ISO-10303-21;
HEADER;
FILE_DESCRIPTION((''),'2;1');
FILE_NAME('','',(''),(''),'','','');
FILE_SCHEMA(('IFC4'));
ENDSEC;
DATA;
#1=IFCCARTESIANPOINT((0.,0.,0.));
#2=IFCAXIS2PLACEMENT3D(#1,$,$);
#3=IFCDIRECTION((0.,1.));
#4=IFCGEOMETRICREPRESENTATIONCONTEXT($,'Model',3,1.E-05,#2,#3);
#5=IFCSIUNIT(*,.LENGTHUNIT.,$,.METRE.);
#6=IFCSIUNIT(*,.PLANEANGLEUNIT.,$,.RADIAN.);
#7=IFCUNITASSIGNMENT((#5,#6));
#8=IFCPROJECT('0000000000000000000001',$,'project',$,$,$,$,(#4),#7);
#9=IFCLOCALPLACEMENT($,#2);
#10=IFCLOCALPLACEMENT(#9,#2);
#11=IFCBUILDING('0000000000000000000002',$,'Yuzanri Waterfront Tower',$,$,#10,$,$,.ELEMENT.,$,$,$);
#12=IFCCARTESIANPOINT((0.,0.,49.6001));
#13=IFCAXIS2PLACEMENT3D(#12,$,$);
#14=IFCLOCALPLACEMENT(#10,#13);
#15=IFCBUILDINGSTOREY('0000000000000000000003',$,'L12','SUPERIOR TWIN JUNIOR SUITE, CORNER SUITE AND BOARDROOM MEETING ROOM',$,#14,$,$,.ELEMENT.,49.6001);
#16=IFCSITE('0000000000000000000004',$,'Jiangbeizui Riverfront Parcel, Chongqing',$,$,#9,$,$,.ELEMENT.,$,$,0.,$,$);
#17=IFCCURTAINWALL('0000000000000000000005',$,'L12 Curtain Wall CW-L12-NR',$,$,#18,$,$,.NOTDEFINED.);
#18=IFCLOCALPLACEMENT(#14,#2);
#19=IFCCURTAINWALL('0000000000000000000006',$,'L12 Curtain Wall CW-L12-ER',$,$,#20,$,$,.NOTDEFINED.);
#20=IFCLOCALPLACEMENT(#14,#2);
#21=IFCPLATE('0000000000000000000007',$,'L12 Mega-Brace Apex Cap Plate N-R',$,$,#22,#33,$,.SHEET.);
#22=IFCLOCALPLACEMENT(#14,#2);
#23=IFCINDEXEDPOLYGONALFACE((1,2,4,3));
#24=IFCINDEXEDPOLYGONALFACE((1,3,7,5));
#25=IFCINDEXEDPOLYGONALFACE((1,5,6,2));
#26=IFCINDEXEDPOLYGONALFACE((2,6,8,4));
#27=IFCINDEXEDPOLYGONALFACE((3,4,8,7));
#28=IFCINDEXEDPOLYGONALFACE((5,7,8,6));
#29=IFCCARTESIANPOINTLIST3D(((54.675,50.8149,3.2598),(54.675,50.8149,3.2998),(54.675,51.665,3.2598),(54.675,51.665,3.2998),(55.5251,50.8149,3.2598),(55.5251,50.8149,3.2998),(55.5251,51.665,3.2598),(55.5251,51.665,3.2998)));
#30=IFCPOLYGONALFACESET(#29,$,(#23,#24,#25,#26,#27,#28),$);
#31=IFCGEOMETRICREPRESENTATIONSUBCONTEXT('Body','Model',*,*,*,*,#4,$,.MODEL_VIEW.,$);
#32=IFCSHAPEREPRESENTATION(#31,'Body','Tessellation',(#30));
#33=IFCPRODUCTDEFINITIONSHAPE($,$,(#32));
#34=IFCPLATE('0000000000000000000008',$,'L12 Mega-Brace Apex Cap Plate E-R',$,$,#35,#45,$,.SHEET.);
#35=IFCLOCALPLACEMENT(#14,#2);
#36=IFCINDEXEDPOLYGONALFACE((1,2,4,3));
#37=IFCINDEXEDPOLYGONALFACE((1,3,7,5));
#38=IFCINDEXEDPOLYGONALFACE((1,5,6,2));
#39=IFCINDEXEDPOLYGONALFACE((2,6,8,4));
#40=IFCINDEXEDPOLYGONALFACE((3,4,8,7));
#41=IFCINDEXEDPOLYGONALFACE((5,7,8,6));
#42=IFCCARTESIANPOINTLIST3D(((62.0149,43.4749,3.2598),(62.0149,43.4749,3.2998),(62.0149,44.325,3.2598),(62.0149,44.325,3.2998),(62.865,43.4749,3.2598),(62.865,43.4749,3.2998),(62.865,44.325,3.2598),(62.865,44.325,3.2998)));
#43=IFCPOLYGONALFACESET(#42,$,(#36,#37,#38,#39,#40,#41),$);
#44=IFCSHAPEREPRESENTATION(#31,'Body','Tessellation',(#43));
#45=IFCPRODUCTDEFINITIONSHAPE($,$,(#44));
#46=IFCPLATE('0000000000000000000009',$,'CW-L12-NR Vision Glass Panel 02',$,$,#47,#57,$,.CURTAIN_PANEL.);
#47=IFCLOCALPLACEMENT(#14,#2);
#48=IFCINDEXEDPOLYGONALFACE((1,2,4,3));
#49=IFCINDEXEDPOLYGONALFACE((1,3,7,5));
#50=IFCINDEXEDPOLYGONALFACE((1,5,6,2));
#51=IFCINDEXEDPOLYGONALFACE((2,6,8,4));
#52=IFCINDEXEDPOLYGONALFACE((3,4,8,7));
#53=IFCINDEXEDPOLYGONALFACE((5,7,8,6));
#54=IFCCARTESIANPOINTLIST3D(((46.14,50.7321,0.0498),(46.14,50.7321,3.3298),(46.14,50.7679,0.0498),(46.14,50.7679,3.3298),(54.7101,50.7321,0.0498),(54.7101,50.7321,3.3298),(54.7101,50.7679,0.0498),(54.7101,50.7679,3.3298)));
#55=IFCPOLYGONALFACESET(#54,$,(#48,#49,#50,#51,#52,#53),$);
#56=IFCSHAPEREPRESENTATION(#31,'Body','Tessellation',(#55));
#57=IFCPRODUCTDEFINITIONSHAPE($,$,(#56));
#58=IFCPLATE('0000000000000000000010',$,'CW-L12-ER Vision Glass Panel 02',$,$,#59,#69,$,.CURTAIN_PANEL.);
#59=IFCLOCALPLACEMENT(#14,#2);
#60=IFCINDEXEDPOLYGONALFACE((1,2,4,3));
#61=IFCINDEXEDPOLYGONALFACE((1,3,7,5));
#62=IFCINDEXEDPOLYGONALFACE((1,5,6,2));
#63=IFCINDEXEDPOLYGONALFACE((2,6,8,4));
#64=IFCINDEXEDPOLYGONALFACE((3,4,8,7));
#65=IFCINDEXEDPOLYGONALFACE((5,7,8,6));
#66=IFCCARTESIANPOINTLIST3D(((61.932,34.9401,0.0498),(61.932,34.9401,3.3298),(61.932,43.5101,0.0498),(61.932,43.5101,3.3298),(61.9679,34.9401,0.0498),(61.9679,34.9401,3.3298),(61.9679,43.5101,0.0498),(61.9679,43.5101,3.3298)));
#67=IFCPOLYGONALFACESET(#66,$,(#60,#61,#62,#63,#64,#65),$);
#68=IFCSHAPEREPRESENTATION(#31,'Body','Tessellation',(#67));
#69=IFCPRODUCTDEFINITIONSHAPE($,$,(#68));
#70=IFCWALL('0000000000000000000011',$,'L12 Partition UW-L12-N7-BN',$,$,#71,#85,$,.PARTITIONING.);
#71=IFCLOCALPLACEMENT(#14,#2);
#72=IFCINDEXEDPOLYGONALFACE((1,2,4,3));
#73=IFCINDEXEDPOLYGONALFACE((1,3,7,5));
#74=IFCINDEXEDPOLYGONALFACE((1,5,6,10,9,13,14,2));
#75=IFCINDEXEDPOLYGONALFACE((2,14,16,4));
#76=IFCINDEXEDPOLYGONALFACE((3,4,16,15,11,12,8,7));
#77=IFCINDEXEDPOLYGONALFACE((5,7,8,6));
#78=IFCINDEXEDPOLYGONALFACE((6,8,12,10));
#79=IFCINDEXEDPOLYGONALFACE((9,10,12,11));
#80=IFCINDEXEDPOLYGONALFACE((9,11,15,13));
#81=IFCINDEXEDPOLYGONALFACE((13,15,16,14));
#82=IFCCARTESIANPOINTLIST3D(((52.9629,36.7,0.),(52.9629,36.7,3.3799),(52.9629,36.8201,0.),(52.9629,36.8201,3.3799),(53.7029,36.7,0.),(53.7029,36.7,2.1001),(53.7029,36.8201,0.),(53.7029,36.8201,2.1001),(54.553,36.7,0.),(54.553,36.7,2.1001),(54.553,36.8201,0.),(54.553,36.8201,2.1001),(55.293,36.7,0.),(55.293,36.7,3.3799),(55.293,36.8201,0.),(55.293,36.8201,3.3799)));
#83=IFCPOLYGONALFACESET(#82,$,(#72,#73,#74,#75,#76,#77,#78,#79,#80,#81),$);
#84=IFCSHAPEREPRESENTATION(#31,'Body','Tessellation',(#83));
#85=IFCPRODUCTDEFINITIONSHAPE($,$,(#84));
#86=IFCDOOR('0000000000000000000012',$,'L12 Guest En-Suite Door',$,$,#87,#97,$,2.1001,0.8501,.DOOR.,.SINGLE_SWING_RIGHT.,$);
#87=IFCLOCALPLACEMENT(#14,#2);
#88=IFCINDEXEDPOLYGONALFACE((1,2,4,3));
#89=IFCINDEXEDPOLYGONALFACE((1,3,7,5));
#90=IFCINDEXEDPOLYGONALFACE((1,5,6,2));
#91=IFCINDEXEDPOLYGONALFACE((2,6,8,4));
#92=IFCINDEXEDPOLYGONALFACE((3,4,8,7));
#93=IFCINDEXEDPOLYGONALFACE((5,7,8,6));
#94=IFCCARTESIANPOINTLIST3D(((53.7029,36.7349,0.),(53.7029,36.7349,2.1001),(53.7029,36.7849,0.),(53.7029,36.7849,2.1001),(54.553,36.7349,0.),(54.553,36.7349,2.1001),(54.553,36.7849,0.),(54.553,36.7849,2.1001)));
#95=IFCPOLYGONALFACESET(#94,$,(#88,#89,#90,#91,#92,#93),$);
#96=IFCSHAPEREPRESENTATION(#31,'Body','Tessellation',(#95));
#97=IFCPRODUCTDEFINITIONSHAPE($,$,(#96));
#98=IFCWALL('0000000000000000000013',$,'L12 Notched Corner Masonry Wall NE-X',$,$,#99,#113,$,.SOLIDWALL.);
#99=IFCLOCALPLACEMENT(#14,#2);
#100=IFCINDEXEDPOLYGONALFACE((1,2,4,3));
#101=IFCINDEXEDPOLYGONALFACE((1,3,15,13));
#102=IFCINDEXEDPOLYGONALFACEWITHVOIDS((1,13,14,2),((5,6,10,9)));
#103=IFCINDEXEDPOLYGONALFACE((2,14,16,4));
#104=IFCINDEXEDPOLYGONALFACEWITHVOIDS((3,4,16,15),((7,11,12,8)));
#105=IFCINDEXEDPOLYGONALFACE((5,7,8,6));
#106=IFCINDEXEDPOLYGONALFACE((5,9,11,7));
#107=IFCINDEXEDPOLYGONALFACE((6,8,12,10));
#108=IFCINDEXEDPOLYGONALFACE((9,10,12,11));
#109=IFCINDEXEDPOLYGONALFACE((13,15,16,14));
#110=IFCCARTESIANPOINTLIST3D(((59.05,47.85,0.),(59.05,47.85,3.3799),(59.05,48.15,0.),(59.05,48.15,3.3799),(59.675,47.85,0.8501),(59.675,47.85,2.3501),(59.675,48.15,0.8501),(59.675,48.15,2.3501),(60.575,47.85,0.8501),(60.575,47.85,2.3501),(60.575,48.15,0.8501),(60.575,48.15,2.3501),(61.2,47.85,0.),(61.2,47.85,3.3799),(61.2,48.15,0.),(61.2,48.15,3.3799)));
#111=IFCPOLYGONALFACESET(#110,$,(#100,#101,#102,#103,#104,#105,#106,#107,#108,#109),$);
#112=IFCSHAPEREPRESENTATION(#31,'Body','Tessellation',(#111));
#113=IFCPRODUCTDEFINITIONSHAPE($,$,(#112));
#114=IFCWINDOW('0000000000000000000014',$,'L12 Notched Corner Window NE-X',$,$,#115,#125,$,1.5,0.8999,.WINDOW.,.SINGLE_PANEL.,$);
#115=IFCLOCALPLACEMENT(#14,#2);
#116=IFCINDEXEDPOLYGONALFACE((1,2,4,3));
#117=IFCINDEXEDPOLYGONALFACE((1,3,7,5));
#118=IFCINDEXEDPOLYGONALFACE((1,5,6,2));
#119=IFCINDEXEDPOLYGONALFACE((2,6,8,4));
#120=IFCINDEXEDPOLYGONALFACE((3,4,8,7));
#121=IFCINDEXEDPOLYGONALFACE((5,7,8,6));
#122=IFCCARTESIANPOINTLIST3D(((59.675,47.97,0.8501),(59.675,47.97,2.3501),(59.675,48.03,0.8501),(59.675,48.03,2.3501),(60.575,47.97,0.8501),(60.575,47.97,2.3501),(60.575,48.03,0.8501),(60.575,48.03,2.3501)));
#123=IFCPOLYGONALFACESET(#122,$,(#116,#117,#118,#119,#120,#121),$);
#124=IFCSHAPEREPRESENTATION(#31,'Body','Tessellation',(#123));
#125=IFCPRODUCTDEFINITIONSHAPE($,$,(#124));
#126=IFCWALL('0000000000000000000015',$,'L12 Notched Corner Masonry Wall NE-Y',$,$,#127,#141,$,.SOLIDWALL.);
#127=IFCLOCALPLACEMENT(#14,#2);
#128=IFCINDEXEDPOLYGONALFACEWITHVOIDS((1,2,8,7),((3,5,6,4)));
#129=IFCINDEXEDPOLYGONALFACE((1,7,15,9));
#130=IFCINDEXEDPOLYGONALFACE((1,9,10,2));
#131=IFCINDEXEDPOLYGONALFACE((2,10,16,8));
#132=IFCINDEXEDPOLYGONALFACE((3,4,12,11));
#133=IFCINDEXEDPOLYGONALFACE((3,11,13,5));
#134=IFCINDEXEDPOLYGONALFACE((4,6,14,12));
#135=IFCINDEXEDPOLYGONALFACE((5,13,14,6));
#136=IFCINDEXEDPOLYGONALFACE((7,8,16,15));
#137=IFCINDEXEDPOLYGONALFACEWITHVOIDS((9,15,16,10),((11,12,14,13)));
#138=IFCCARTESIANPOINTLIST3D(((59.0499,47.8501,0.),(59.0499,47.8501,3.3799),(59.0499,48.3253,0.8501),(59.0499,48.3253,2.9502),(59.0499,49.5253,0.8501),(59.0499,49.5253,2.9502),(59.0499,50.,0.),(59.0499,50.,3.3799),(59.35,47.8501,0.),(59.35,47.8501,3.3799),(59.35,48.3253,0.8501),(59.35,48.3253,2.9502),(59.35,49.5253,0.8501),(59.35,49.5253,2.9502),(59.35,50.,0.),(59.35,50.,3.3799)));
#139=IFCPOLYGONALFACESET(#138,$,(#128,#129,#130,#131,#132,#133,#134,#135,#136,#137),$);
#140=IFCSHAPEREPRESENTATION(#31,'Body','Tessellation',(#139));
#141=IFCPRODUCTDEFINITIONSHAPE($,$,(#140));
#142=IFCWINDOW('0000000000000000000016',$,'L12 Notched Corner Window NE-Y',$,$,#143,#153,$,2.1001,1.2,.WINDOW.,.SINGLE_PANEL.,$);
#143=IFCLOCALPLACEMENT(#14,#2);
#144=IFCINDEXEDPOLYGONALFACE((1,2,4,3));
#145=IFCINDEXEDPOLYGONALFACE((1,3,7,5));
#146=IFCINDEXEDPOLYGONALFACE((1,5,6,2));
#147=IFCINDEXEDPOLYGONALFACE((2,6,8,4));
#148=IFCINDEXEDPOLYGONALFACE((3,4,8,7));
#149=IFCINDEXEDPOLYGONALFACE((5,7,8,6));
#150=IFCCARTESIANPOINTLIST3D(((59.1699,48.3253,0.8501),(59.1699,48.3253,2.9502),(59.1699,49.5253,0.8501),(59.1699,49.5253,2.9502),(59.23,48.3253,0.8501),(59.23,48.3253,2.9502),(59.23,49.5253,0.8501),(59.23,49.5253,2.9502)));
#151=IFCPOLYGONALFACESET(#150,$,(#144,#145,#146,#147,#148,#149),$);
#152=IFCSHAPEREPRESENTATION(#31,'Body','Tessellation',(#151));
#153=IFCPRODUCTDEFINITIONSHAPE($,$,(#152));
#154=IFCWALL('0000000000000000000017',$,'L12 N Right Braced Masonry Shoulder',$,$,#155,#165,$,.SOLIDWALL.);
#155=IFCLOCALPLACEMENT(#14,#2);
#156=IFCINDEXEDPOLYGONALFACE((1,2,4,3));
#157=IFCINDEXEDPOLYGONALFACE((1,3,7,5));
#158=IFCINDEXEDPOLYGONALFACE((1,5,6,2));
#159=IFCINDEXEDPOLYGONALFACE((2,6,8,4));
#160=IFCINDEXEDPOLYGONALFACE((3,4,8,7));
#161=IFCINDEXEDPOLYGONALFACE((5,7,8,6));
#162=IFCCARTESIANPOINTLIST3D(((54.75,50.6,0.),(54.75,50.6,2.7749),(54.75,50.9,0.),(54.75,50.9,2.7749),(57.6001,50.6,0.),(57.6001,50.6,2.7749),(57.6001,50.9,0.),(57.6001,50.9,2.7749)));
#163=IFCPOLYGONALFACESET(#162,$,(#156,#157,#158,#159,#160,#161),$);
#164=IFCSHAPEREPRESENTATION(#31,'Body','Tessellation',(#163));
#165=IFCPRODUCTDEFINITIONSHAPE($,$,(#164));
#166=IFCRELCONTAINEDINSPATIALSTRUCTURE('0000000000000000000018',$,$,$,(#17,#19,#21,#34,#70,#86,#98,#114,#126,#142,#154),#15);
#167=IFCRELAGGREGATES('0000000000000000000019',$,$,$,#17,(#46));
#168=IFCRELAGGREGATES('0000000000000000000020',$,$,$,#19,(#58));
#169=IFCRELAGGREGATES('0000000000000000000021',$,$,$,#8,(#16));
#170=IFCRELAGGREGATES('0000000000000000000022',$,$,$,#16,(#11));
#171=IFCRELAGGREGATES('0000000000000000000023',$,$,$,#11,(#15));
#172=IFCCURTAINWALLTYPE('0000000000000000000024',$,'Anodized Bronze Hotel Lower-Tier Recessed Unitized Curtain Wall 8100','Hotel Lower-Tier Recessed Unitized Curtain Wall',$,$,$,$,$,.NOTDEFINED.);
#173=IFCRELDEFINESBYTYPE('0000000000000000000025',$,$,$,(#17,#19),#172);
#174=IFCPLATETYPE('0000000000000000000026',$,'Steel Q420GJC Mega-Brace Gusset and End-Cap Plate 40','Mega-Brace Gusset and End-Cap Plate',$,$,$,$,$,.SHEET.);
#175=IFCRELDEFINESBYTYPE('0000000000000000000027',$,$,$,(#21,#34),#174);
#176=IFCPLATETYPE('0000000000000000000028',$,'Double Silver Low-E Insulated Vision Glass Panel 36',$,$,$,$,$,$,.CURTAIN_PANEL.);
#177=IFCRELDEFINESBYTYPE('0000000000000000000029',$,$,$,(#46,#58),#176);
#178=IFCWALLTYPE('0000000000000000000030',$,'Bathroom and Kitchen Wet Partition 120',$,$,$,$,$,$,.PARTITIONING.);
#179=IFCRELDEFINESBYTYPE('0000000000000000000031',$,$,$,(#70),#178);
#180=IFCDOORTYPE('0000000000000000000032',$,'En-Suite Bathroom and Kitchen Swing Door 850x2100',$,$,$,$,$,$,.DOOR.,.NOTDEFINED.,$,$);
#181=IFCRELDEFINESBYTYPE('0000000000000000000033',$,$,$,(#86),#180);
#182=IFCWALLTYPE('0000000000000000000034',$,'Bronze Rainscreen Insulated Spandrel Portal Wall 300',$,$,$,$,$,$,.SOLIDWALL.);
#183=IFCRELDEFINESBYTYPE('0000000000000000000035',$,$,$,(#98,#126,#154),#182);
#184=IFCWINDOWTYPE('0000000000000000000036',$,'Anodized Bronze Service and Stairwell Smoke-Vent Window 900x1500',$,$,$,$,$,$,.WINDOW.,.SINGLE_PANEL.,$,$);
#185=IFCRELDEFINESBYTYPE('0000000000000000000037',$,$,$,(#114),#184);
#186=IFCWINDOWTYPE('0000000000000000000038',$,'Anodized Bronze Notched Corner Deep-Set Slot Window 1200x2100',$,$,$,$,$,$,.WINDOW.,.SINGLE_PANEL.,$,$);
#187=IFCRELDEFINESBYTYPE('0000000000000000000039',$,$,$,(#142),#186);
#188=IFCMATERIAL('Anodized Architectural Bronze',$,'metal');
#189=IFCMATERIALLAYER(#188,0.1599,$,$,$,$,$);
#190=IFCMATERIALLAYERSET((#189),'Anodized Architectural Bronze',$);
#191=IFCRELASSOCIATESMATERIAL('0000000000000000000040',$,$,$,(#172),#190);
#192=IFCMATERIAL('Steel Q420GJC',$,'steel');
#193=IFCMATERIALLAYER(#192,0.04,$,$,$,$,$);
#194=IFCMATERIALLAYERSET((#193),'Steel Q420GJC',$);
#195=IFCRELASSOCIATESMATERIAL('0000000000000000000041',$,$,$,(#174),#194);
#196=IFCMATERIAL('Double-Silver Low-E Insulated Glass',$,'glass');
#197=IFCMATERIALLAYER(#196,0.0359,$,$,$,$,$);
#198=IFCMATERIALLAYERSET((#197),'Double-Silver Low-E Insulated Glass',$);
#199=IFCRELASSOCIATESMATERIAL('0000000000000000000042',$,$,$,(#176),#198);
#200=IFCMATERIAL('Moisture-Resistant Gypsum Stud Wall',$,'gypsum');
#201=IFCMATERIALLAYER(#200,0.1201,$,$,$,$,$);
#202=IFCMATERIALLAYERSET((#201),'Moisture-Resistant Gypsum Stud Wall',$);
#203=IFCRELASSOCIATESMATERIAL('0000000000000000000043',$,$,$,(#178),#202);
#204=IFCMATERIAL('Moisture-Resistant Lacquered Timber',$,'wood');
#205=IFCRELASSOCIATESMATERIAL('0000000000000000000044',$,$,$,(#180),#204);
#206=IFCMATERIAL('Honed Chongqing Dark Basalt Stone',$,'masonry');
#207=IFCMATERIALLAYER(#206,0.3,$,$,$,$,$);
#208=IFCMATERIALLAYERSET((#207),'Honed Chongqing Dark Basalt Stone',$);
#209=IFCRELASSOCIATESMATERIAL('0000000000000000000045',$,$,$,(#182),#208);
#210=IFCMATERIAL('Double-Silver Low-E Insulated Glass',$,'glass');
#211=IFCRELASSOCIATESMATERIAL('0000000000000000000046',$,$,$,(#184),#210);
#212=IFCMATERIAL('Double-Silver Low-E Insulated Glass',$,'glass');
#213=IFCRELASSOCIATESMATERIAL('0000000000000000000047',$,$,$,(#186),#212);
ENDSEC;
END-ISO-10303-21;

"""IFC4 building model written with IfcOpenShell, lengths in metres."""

from ifc_helpers import new_model, si_unit, direction, frame, frame_2d, origin, origin_2d, place, context, subcontext, project, spatial, rectangle, extrude, source, transform, mapped, material, layer, layer_set, type_object, element, fill, aggregate, save


model = new_model("IFC4")

# Units and contexts
model_context = context("Model", 3, precision=1e-05, world=origin(), true_north=direction((0.0, 1.0)))
body_context = subcontext(model_context, "Body", "Model", "MODEL_VIEW")
ifc_project = project(units=[si_unit("LENGTHUNIT", "METRE"), si_unit("PLANEANGLEUNIT", "RADIAN")], contexts=[model_context])

# Site, building, storey
site_placement = place(None, origin())
site = spatial("IfcSite", under=ifc_project, at=site_placement, Name="Jiangbeizui Riverfront Parcel, Chongqing", CompositionType="ELEMENT", RefElevation=0.0)
building_placement = place(site_placement, origin())
building = spatial("IfcBuilding", under=site, at=building_placement, Name="Yuzanri Waterfront Tower", CompositionType="ELEMENT")
storey_placement = place(building_placement, frame((0.0, 0.0, 49.6001)))
storey = spatial("IfcBuildingStorey", under=building, at=storey_placement, Name="L12", Description="SUPERIOR TWIN JUNIOR SUITE, CORNER SUITE AND BOARDROOM MEETING ROOM", CompositionType="ELEMENT", Elevation=49.6001)

# Curtain walls
ifc_material_1 = material(Name="Anodized Architectural Bronze", Category="metal")
ifc_layer_1 = layer(ifc_material_1, 0.1599)
ifc_layer_set_1 = layer_set([ifc_layer_1], Name="Anodized Architectural Bronze")
curtain_wall_type = type_object("IfcCurtainWallType", Name="Anodized Bronze Hotel Lower-Tier Recessed Unitized Curtain Wall 8100", Description="Hotel Lower-Tier Recessed Unitized Curtain Wall", PredefinedType="NOTDEFINED", material=ifc_layer_set_1)
curtain_wall_1_placement = place(storey_placement, origin())
curtain_wall_1 = element("IfcCurtainWall", 1, at=curtain_wall_1_placement, inside=storey, type_object=curtain_wall_type, Name="L12 Curtain Wall CW-L12-NR", PredefinedType="NOTDEFINED")
curtain_wall_2_placement = place(storey_placement, origin())
curtain_wall_2 = element("IfcCurtainWall", 2, at=curtain_wall_2_placement, inside=storey, type_object=curtain_wall_type, Name="L12 Curtain Wall CW-L12-ER", PredefinedType="NOTDEFINED")

# Plates
ifc_material_2 = material(Name="Steel Q420GJC", Category="steel")
ifc_layer_2 = layer(ifc_material_2, 0.04)
ifc_layer_set_2 = layer_set([ifc_layer_2], Name="Steel Q420GJC")
plate_type_1 = type_object("IfcPlateType", Name="Steel Q420GJC Mega-Brace Gusset and End-Cap Plate 40", Description="Mega-Brace Gusset and End-Cap Plate", PredefinedType="SHEET", material=ifc_layer_set_2)
shared_shape_1 = source(origin(), body_context, "Body", "SweptSolid", [
    extrude(rectangle(XDim=0.8501, YDim=0.8501, at=origin_2d()), origin(), (0.0, 0.0, 1.0), 0.04),
])
for number, where, z_axis, x_axis, name in (
    (3, (55.1001, 51.24, 3.2598), (0.0, 0.0, 1.0), (1.0, 0.0, 0.0), "L12 Mega-Brace Apex Cap Plate N-R"),
    (4, (62.4399, 43.8999, 3.2598), (0.0, 0.0, 1.0), (1.0, 0.0, 0.0), "L12 Mega-Brace Apex Cap Plate E-R"),
):
    element("IfcPlate", number, at=place(storey_placement, frame(where, z_axis=z_axis, x_axis=x_axis)), inside=storey, type_object=plate_type_1, Name=name, PredefinedType="SHEET", context=body_context, shape_type="MappedRepresentation", body=[
        mapped(shared_shape_1, transform((0.0, 0.0, 0.0), scale=1.0)),
    ])

# Plates
ifc_material_3 = material(Name="Double-Silver Low-E Insulated Glass", Category="glass")
ifc_layer_3 = layer(ifc_material_3, 0.0359)
ifc_layer_set_3 = layer_set([ifc_layer_3], Name="Double-Silver Low-E Insulated Glass")
plate_type_2 = type_object("IfcPlateType", Name="Double Silver Low-E Insulated Vision Glass Panel 36", PredefinedType="CURTAIN_PANEL", material=ifc_layer_set_3)
shared_shape_2 = source(origin(), body_context, "Body", "SweptSolid", [
    extrude(rectangle(XDim=8.5701, YDim=0.0359, at=origin_2d()), origin(), (0.0, 0.0, 1.0), 3.28),
])
plate_1_placement = place(storey_placement, frame((50.425, 50.75, 0.0498), z_axis=(0.0, 0.0, 1.0), x_axis=(1.0, 0.0, 0.0)))
plate_1 = element("IfcPlate", 5, at=plate_1_placement, type_object=plate_type_2, Name="CW-L12-NR Vision Glass Panel 02", PredefinedType="CURTAIN_PANEL", context=body_context, shape_type="MappedRepresentation", body=[
    mapped(shared_shape_2, transform((0.0, 0.0, 0.0), scale=1.0)),
])
aggregate(curtain_wall_1, [plate_1])
plate_2_placement = place(storey_placement, frame((61.95, 39.2251, 0.0498), z_axis=(0.0, 0.0, 1.0), x_axis=(0.0, 1.0, 0.0)))
plate_2 = element("IfcPlate", 6, at=plate_2_placement, type_object=plate_type_2, Name="CW-L12-ER Vision Glass Panel 02", PredefinedType="CURTAIN_PANEL", context=body_context, shape_type="MappedRepresentation", body=[
    mapped(shared_shape_2, transform((0.0, 0.0, 0.0), scale=1.0)),
])
aggregate(curtain_wall_2, [plate_2])

# Wall, opening, door
ifc_material_4 = material(Name="Moisture-Resistant Gypsum Stud Wall", Category="gypsum")
ifc_layer_4 = layer(ifc_material_4, 0.1201)
ifc_layer_set_4 = layer_set([ifc_layer_4], Name="Moisture-Resistant Gypsum Stud Wall")
wall_type_1 = type_object("IfcWallType", Name="Bathroom and Kitchen Wet Partition 120", PredefinedType="PARTITIONING", material=ifc_layer_set_4)
wall_1_placement = place(storey_placement, frame((52.9629, 36.76, 0.0), z_axis=(0.0, 0.0, 1.0), x_axis=(1.0, 0.0, 0.0)))
wall_1 = element("IfcWall", 7, at=wall_1_placement, inside=storey, type_object=wall_type_1, Name="L12 Partition UW-L12-N7-BN", PredefinedType="PARTITIONING", context=body_context, shape_type="SweptSolid", body=[
    extrude(rectangle(XDim=2.3301, YDim=0.1201, at=frame_2d((1.165, 0.0))), origin(), (0.0, 0.0, 1.0), 3.3799),
])
opening_1_placement = place(wall_1_placement, frame((0.74, 0.0, 0.0)))
opening_1 = element("IfcOpeningElement", 8, at=opening_1_placement, cuts=wall_1, PredefinedType="OPENING", context=body_context, shape_type="SweptSolid", body=[
    extrude(rectangle(XDim=0.8501, YDim=2.1001, at=frame_2d((0.425, 1.05))), frame((0.0, 0.075, 0.0), z_axis=(0.0, -1.0, 0.0), x_axis=(1.0, 0.0, 0.0)), (0.0, 0.0, 1.0), 0.1499),
])
ifc_material_5 = material(Name="Moisture-Resistant Lacquered Timber", Category="wood")
door_type = type_object("IfcDoorType", Name="En-Suite Bathroom and Kitchen Swing Door 850x2100", OperationType="NOTDEFINED", PredefinedType="DOOR", material=ifc_material_5)
shared_shape_3 = source(origin(), body_context, "Body", "SweptSolid", [
    extrude(rectangle(XDim=0.8501, YDim=2.1001, at=frame_2d((0.425, 1.05))), frame((0.0, 0.0249, 0.0), z_axis=(0.0, -1.0, 0.0), x_axis=(1.0, 0.0, 0.0)), (0.0, 0.0, 1.0), 0.05),
])
door_placement = place(opening_1_placement, origin())
door = element("IfcDoor", 9, at=door_placement, inside=storey, type_object=door_type, Name="L12 Guest En-Suite Door", OperationType="SINGLE_SWING_RIGHT", OverallHeight=2.1001, OverallWidth=0.8501, PredefinedType="DOOR", context=body_context, shape_type="MappedRepresentation", body=[
    mapped(shared_shape_3, transform((0.0, 0.0, 0.0), scale=1.0)),
])
fill(opening_1, door)

# Walls, openings, windows
ifc_material_6 = material(Name="Honed Chongqing Dark Basalt Stone", Category="masonry")
ifc_layer_5 = layer(ifc_material_6, 0.3)
ifc_layer_set_5 = layer_set([ifc_layer_5], Name="Honed Chongqing Dark Basalt Stone")
wall_type_2 = type_object("IfcWallType", Name="Bronze Rainscreen Insulated Spandrel Portal Wall 300", PredefinedType="SOLIDWALL", material=ifc_layer_set_5)
wall_2_placement = place(storey_placement, frame((61.2, 48.0, 0.0), z_axis=(0.0, 0.0, 1.0), x_axis=(-1.0, 0.0, 0.0)))
wall_2 = element("IfcWall", 10, at=wall_2_placement, inside=storey, type_object=wall_type_2, Name="L12 Notched Corner Masonry Wall NE-X", PredefinedType="SOLIDWALL", context=body_context, shape_type="SweptSolid", body=[
    extrude(rectangle(XDim=2.1499, YDim=0.3, at=frame_2d((1.075, 0.0))), origin(), (0.0, 0.0, 1.0), 3.3799),
])
opening_2_placement = place(wall_2_placement, frame((0.625, 0.0, 0.8501)))
opening_2 = element("IfcOpeningElement", 11, at=opening_2_placement, cuts=wall_2, PredefinedType="OPENING", context=body_context, shape_type="SweptSolid", body=[
    extrude(rectangle(XDim=0.8999, YDim=1.5, at=frame_2d((0.45, 0.75))), frame((0.0, 0.165, 0.0), z_axis=(0.0, -1.0, 0.0), x_axis=(1.0, 0.0, 0.0)), (0.0, 0.0, 1.0), 0.3298),
])
ifc_material_7 = material(Name="Double-Silver Low-E Insulated Glass", Category="glass")
window_type_1 = type_object("IfcWindowType", Name="Anodized Bronze Service and Stairwell Smoke-Vent Window 900x1500", PartitioningType="SINGLE_PANEL", PredefinedType="WINDOW", material=ifc_material_7)
shared_shape_4 = source(origin(), body_context, "Body", "SweptSolid", [
    extrude(rectangle(XDim=0.8999, YDim=1.5, at=frame_2d((0.45, 0.75))), frame((0.0, 0.03, 0.0), z_axis=(0.0, -1.0, 0.0), x_axis=(1.0, 0.0, 0.0)), (0.0, 0.0, 1.0), 0.0601),
])
window_1_placement = place(opening_2_placement, origin())
window_1 = element("IfcWindow", 12, at=window_1_placement, inside=storey, type_object=window_type_1, Name="L12 Notched Corner Window NE-X", OverallHeight=1.5, OverallWidth=0.8999, PartitioningType="SINGLE_PANEL", PredefinedType="WINDOW", context=body_context, shape_type="MappedRepresentation", body=[
    mapped(shared_shape_4, transform((0.0, 0.0, 0.0), scale=1.0)),
])
fill(opening_2, window_1)
wall_3_placement = place(storey_placement, frame((59.2, 47.8501, 0.0), z_axis=(0.0, 0.0, 1.0), x_axis=(0.0, 1.0, 0.0)))
wall_3 = element("IfcWall", 13, at=wall_3_placement, inside=storey, type_object=wall_type_2, Name="L12 Notched Corner Masonry Wall NE-Y", PredefinedType="SOLIDWALL", context=body_context, shape_type="SweptSolid", body=[
    extrude(rectangle(XDim=2.1499, YDim=0.3, at=frame_2d((1.075, 0.0))), origin(), (0.0, 0.0, 1.0), 3.3799),
])
opening_3_placement = place(wall_3_placement, frame((0.4751, 0.0, 0.8501)))
opening_3 = element("IfcOpeningElement", 14, at=opening_3_placement, cuts=wall_3, PredefinedType="OPENING", context=body_context, shape_type="SweptSolid", body=[
    extrude(rectangle(XDim=1.2, YDim=2.1001, at=frame_2d((0.6001, 1.05))), frame((0.0, 0.165, 0.0), z_axis=(0.0, -1.0, 0.0), x_axis=(1.0, 0.0, 0.0)), (0.0, 0.0, 1.0), 0.3298),
])
ifc_material_8 = material(Name="Double-Silver Low-E Insulated Glass", Category="glass")
window_type_2 = type_object("IfcWindowType", Name="Anodized Bronze Notched Corner Deep-Set Slot Window 1200x2100", PartitioningType="SINGLE_PANEL", PredefinedType="WINDOW", material=ifc_material_8)
shared_shape_5 = source(origin(), body_context, "Body", "SweptSolid", [
    extrude(rectangle(XDim=1.2, YDim=2.1001, at=frame_2d((0.6001, 1.05))), frame((0.0, 0.03, 0.0), z_axis=(0.0, -1.0, 0.0), x_axis=(1.0, 0.0, 0.0)), (0.0, 0.0, 1.0), 0.0601),
])
window_2_placement = place(opening_3_placement, origin())
window_2 = element("IfcWindow", 15, at=window_2_placement, inside=storey, type_object=window_type_2, Name="L12 Notched Corner Window NE-Y", OverallHeight=2.1001, OverallWidth=1.2, PartitioningType="SINGLE_PANEL", PredefinedType="WINDOW", context=body_context, shape_type="MappedRepresentation", body=[
    mapped(shared_shape_5, transform((0.0, 0.0, 0.0), scale=1.0)),
])
fill(opening_3, window_2)

# Wall
shared_shape_6 = source(origin(), body_context, "Body", "SweptSolid", [
    extrude(rectangle(XDim=2.8501, YDim=0.3, at=frame_2d((1.425, 0.0))), origin(), (0.0, 0.0, 1.0), 2.7749),
])
wall_4_placement = place(storey_placement, frame((54.75, 50.75, 0.0), z_axis=(0.0, 0.0, 1.0), x_axis=(1.0, 0.0, 0.0)))
element("IfcWall", 16, at=wall_4_placement, inside=storey, type_object=wall_type_2, Name="L12 N Right Braced Masonry Shoulder", PredefinedType="SOLIDWALL", context=body_context, shape_type="MappedRepresentation", body=[
    mapped(shared_shape_6, transform((0.0, 0.0, 0.0), scale=1.0)),
])

save(model, "model.ifc")
